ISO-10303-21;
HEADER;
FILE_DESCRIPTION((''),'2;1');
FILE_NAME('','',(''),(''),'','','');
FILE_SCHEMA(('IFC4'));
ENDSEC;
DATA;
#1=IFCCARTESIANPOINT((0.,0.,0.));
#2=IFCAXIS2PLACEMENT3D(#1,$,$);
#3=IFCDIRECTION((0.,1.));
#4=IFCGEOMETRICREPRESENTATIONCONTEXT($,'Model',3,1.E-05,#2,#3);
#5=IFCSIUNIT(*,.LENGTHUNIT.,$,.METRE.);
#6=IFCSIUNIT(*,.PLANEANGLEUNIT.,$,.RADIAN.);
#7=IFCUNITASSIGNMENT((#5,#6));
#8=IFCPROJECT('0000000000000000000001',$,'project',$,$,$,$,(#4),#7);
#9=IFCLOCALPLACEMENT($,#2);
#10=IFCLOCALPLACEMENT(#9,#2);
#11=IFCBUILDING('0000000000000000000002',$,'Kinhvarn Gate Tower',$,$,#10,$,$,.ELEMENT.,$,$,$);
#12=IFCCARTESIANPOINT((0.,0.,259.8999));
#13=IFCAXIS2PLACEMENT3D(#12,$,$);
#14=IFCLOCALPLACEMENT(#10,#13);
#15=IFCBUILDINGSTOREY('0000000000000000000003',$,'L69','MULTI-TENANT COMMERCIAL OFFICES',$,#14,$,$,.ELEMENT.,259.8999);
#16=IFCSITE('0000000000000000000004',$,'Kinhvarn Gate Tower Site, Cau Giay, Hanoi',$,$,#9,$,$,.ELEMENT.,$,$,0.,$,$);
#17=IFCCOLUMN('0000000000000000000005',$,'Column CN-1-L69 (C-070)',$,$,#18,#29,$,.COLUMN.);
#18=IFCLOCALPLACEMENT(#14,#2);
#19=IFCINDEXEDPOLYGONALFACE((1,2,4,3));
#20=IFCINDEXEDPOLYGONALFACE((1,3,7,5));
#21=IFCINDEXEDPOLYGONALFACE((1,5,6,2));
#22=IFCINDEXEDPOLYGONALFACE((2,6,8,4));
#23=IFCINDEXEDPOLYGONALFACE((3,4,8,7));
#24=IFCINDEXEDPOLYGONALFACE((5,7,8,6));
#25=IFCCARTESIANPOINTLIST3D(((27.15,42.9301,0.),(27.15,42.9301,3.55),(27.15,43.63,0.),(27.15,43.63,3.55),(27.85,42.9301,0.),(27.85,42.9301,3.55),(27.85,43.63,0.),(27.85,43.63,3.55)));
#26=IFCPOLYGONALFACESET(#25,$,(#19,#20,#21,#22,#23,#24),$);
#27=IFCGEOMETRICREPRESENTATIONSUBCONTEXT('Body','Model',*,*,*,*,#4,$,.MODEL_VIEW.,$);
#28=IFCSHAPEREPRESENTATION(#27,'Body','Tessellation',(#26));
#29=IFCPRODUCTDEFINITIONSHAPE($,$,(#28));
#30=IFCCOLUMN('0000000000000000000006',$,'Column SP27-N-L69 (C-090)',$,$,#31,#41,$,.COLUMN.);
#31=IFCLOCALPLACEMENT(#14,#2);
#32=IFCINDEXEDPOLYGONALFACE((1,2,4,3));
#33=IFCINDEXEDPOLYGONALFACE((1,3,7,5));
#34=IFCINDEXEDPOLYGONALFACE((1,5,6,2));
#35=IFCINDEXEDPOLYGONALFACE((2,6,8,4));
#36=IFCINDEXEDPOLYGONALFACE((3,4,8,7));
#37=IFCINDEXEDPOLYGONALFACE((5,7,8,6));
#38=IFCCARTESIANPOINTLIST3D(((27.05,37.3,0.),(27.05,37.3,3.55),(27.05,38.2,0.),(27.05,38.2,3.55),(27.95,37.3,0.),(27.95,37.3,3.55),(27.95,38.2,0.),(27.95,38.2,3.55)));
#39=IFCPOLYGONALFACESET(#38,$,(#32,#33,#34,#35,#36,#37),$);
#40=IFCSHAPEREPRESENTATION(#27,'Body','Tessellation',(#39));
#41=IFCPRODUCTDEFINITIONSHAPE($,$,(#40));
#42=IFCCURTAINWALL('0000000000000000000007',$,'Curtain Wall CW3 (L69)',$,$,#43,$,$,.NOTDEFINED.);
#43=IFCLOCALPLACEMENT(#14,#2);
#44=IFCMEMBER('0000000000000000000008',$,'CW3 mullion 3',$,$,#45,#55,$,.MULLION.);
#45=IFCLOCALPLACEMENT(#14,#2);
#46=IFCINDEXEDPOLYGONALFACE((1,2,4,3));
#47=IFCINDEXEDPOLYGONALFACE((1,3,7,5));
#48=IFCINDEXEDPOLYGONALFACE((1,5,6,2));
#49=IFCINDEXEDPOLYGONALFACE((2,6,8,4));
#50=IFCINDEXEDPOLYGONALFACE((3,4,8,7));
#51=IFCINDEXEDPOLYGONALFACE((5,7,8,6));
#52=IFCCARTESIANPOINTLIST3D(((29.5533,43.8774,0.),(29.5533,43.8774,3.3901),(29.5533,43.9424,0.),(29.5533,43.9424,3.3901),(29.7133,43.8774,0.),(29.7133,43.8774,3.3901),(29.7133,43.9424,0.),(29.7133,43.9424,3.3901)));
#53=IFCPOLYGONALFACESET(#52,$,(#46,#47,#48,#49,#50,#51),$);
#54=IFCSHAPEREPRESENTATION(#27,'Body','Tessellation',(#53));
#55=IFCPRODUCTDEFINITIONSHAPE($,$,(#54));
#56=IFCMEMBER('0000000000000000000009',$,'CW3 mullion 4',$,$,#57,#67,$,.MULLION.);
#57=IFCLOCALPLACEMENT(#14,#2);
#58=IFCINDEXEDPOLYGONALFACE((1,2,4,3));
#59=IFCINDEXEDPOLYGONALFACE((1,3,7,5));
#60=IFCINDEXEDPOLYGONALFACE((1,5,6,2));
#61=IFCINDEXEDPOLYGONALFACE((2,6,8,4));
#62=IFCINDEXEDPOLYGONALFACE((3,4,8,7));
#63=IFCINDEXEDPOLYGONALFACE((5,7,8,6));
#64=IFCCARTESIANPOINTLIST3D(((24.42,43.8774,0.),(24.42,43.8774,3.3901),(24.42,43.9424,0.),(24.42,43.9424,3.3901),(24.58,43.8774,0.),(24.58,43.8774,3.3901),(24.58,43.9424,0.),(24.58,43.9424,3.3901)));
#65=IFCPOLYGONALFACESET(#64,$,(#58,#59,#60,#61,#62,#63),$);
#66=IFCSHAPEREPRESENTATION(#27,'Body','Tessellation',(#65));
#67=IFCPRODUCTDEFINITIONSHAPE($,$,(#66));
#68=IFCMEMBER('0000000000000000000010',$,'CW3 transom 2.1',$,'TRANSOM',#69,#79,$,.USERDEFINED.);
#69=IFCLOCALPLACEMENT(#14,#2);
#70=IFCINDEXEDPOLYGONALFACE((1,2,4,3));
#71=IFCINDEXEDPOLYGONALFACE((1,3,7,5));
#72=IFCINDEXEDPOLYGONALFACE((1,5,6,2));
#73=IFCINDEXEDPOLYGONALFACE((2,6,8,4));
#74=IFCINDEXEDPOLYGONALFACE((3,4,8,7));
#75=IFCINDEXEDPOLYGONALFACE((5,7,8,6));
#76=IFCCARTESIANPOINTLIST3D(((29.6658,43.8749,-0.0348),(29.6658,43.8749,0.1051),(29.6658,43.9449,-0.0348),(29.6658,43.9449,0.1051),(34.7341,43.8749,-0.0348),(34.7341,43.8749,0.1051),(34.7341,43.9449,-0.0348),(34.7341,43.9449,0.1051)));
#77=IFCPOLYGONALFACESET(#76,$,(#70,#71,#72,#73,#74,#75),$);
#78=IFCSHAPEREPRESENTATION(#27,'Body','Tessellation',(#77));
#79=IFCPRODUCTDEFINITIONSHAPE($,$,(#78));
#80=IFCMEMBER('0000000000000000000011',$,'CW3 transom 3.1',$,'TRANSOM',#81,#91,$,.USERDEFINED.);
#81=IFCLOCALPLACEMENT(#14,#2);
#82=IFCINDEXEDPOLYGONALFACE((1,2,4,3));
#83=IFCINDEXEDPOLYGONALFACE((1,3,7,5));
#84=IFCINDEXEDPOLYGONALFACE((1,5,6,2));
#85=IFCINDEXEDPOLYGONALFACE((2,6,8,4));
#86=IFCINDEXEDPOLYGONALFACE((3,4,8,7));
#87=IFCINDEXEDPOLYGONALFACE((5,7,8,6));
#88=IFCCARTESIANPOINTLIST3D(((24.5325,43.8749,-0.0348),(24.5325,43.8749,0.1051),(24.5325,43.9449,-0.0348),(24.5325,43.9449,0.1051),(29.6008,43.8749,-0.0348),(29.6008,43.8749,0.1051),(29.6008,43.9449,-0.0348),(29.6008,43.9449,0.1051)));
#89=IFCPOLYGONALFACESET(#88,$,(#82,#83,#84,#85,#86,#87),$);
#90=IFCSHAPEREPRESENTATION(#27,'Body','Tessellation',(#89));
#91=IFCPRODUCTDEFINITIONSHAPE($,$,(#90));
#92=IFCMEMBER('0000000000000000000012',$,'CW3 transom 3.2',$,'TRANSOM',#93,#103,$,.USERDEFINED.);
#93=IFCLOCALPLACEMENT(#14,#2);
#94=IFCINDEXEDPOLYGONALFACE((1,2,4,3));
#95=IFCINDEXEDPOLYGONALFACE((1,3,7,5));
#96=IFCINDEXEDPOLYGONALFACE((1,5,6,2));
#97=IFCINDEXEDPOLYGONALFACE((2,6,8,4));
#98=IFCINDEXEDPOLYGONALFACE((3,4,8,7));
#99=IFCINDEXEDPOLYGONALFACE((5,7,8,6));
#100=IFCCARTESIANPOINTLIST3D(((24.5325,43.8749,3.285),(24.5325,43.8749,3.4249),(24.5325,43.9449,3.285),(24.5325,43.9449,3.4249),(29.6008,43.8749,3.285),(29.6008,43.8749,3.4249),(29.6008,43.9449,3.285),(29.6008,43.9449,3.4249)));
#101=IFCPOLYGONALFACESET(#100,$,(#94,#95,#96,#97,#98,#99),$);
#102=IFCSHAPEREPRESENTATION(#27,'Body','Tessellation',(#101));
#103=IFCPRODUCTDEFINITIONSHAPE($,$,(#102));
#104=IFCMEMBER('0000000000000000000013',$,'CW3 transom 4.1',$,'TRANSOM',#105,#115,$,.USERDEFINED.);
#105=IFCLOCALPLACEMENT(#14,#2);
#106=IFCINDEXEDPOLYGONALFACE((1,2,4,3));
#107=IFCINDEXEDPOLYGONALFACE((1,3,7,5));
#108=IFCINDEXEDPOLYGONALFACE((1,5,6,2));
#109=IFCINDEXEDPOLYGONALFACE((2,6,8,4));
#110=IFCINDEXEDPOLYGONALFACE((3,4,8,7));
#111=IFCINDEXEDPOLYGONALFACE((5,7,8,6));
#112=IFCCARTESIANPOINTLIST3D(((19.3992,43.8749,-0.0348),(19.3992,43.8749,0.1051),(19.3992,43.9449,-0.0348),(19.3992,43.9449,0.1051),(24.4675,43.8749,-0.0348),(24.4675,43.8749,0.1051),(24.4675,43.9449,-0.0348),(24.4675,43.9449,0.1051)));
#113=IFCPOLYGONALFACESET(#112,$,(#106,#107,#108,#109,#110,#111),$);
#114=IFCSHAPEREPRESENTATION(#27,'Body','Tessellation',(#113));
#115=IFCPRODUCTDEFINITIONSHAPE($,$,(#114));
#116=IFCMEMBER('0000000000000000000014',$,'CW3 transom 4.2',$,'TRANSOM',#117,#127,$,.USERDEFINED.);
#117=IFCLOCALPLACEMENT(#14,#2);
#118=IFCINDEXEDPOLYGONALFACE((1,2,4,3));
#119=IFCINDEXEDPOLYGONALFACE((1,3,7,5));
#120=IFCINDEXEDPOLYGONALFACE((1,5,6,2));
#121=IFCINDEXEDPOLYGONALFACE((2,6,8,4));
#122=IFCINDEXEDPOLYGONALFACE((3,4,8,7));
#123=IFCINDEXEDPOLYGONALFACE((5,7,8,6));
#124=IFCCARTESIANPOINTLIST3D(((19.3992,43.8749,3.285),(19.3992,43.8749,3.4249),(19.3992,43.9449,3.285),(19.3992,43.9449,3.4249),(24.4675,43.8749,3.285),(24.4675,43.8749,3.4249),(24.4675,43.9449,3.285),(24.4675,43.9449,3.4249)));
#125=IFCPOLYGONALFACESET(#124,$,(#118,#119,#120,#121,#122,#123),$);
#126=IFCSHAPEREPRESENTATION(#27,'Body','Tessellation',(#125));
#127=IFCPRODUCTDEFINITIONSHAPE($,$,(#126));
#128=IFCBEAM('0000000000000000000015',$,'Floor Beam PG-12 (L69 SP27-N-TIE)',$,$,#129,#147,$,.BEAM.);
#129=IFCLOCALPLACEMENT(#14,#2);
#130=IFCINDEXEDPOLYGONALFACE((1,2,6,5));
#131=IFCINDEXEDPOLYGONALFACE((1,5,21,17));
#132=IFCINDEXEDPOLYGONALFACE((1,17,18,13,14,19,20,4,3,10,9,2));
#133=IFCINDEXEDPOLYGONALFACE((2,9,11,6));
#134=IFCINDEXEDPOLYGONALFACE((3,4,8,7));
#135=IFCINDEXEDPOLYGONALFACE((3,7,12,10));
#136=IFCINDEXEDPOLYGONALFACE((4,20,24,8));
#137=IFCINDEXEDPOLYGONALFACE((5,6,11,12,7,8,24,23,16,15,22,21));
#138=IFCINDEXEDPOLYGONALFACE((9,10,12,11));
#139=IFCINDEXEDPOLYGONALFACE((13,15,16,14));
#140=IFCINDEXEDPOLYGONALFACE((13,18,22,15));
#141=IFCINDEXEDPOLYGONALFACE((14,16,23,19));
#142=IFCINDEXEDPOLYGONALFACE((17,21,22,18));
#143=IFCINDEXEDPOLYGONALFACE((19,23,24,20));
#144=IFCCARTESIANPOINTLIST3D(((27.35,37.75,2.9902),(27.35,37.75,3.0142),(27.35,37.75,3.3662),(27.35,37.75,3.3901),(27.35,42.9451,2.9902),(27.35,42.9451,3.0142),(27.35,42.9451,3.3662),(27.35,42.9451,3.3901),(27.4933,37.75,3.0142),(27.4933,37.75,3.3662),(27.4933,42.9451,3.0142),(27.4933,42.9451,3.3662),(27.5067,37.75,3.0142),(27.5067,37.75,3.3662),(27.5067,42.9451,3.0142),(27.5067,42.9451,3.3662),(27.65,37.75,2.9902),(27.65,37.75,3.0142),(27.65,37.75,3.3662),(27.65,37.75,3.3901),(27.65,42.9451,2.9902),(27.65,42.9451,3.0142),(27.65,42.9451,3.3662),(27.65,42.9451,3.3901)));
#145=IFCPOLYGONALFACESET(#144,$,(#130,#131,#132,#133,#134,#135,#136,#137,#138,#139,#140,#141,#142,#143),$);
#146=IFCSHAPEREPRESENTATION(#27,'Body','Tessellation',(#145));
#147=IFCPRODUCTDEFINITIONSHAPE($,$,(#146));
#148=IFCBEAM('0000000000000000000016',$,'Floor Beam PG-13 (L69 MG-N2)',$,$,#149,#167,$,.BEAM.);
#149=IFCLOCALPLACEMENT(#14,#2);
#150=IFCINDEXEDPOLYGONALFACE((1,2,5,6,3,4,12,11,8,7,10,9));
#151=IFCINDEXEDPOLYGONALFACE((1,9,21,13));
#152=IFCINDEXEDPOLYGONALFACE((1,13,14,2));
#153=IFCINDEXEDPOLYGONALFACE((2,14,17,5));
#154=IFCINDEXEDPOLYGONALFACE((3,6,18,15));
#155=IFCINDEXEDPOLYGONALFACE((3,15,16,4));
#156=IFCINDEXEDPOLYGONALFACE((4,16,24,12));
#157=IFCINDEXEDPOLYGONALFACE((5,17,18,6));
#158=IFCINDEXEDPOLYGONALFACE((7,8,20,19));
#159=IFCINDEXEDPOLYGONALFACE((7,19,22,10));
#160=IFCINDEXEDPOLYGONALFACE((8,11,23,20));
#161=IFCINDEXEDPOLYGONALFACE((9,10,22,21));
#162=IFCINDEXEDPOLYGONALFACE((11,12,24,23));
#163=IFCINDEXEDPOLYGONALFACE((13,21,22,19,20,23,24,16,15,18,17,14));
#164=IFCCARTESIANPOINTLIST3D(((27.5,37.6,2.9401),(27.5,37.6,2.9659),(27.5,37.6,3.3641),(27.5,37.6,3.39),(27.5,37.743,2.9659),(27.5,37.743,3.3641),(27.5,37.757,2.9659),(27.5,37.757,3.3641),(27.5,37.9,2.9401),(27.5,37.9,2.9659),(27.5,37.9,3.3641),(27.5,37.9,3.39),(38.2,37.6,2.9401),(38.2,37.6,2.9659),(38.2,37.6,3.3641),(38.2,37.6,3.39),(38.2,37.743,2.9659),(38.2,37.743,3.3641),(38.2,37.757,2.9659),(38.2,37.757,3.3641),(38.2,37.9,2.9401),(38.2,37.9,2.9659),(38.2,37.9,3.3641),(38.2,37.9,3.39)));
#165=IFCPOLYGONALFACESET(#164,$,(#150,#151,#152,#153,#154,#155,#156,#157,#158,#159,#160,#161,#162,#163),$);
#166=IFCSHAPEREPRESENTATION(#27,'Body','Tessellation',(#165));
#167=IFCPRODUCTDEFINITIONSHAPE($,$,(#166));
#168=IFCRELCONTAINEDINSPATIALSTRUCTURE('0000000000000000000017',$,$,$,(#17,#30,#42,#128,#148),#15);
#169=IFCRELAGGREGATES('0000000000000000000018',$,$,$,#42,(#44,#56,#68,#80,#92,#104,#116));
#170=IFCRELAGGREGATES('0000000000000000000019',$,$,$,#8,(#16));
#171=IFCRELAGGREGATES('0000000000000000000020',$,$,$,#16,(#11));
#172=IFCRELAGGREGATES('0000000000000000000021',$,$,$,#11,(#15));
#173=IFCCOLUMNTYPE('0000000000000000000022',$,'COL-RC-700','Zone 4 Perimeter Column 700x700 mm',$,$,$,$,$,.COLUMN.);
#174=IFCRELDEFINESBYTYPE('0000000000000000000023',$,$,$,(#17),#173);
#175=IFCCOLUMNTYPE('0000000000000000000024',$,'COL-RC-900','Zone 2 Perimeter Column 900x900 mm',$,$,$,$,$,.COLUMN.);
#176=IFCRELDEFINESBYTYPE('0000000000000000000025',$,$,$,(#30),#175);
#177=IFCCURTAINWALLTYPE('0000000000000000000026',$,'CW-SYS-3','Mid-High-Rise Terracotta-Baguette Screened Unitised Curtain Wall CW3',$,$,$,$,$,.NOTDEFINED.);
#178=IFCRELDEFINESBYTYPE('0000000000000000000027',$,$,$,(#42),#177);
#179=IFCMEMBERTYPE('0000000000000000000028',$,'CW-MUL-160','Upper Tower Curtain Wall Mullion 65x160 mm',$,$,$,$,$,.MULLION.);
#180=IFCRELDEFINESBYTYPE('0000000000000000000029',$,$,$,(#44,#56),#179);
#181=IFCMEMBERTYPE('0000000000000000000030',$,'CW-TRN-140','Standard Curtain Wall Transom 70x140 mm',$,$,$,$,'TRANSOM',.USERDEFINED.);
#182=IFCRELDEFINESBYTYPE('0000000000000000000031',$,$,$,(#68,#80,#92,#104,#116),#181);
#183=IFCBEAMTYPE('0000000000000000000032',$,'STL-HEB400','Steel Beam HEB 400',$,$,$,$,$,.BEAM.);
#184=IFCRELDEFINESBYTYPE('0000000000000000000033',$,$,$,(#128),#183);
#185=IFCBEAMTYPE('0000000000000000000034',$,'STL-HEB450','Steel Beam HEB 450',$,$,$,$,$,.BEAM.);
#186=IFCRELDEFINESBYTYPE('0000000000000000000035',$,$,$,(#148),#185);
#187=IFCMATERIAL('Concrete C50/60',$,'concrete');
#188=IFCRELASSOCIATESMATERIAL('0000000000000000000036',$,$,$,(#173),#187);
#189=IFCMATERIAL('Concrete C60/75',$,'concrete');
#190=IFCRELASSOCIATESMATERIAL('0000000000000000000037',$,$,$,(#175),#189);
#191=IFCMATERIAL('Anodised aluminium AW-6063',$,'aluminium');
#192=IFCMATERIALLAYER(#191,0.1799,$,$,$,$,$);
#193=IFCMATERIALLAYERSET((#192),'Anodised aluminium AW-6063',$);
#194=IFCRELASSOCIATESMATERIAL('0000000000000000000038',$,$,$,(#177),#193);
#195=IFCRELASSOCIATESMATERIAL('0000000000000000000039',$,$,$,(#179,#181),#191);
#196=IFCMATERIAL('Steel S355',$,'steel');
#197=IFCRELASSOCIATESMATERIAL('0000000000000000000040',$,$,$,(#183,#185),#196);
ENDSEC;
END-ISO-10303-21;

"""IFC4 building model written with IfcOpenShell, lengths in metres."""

from ifc_helpers import new_model, si_unit, direction, frame, origin, origin_2d, place, context, subcontext, project, spatial, rectangle, i_section, extrude, material, layer, layer_set, material_profile, profile_set, type_object, element, aggregate, save


model = new_model("IFC4")

# Units and contexts
model_context = context("Model", 3, precision=1e-05, world=origin(), true_north=direction((0.0, 1.0)))
body_context = subcontext(model_context, "Body", "Model", "MODEL_VIEW")
ifc_project = project(units=[si_unit("LENGTHUNIT", "METRE"), si_unit("PLANEANGLEUNIT", "RADIAN")], contexts=[model_context])

# Site, building, storey
site_placement = place(None, origin())
site = spatial("IfcSite", under=ifc_project, at=site_placement, Name="Kinhvarn Gate Tower Site, Cau Giay, Hanoi", CompositionType="ELEMENT", RefElevation=0.0)
building_placement = place(site_placement, origin())
building = spatial("IfcBuilding", under=site, at=building_placement, Name="Kinhvarn Gate Tower", CompositionType="ELEMENT")
storey_placement = place(building_placement, frame((0.0, 0.0, 259.8999)))
storey = spatial("IfcBuildingStorey", under=building, at=storey_placement, Name="L69", Description="MULTI-TENANT COMMERCIAL OFFICES", CompositionType="ELEMENT", Elevation=259.8999)

# Columns
ifc_material_1 = material(Name="Concrete C50/60", Category="concrete")
ifc_material_profile_1 = material_profile(ifc_material_1, rectangle(XDim=0.7, YDim=0.7, at=origin_2d()), Name="RC 700x700")
ifc_profile_set_1 = profile_set([ifc_material_profile_1], Name="Concrete C50/60")
column_type_1 = type_object("IfcColumnType", Name="COL-RC-700", Description="Zone 4 Perimeter Column 700x700 mm", PredefinedType="COLUMN", material=ifc_profile_set_1)
column_1_placement = place(storey_placement, frame((27.5, 43.28, 0.0), z_axis=(0.0, 0.0, 1.0), x_axis=(1.0, 0.0, 0.0)))
element("IfcColumn", 1, at=column_1_placement, inside=storey, type_object=column_type_1, Name="Column CN-1-L69 (C-070)", PredefinedType="COLUMN", context=body_context, shape_type="SweptSolid", body=[
    extrude(rectangle(XDim=0.7, YDim=0.7, at=origin_2d()), origin(), (0.0, 0.0, 1.0), 3.55),
])
ifc_material_2 = material(Name="Concrete C60/75", Category="concrete")
ifc_material_profile_2 = material_profile(ifc_material_2, rectangle(XDim=0.8999, YDim=0.8999, at=origin_2d()), Name="RC 900x900")
ifc_profile_set_2 = profile_set([ifc_material_profile_2], Name="Concrete C60/75")
column_type_2 = type_object("IfcColumnType", Name="COL-RC-900", Description="Zone 2 Perimeter Column 900x900 mm", PredefinedType="COLUMN", material=ifc_profile_set_2)
column_2_placement = place(storey_placement, frame((27.5, 37.75, 0.0), z_axis=(0.0, 0.0, 1.0), x_axis=(1.0, 0.0, 0.0)))
element("IfcColumn", 2, at=column_2_placement, inside=storey, type_object=column_type_2, Name="Column SP27-N-L69 (C-090)", PredefinedType="COLUMN", context=body_context, shape_type="SweptSolid", body=[
    extrude(rectangle(XDim=0.8999, YDim=0.8999, at=origin_2d()), origin(), (0.0, 0.0, 1.0), 3.55),
])

# Curtain wall, members
ifc_material_3 = material(Name="Anodised aluminium AW-6063", Category="aluminium")
ifc_layer_1 = layer(ifc_material_3, 0.1799)
ifc_layer_set_1 = layer_set([ifc_layer_1], Name="Anodised aluminium AW-6063")
curtain_wall_type = type_object("IfcCurtainWallType", Name="CW-SYS-3", Description="Mid-High-Rise Terracotta-Baguette Screened Unitised Curtain Wall CW3", PredefinedType="NOTDEFINED", material=ifc_layer_set_1)
curtain_wall_placement = place(storey_placement, origin())
curtain_wall = element("IfcCurtainWall", 3, at=curtain_wall_placement, inside=storey, type_object=curtain_wall_type, Name="Curtain Wall CW3 (L69)", PredefinedType="NOTDEFINED")
ifc_material_profile_3 = material_profile(ifc_material_3, rectangle(XDim=0.0649, YDim=0.1599, at=origin_2d()), Name="ALU 65x160")
ifc_profile_set_3 = profile_set([ifc_material_profile_3], Name="Anodised aluminium AW-6063")
member_type_1 = type_object("IfcMemberType", Name="CW-MUL-160", Description="Upper Tower Curtain Wall Mullion 65x160 mm", PredefinedType="MULLION", material=ifc_profile_set_3)
member_1_placement = place(storey_placement, frame((29.6333, 43.9099, 0.0), z_axis=(0.0, 0.0, 1.0), x_axis=(0.0, -1.0, 0.0)))
member_1 = element("IfcMember", 4, at=member_1_placement, type_object=member_type_1, Name="CW3 mullion 3", PredefinedType="MULLION", context=body_context, shape_type="SweptSolid", body=[
    extrude(rectangle(XDim=0.0649, YDim=0.1599, at=origin_2d()), origin(), (0.0, 0.0, 1.0), 3.3901),
])
member_2_placement = place(storey_placement, frame((24.5, 43.9099, 0.0), z_axis=(0.0, 0.0, 1.0), x_axis=(0.0, -1.0, 0.0)))
member_2 = element("IfcMember", 5, at=member_2_placement, type_object=member_type_1, Name="CW3 mullion 4", PredefinedType="MULLION", context=body_context, shape_type="SweptSolid", body=[
    extrude(rectangle(XDim=0.0649, YDim=0.1599, at=origin_2d()), origin(), (0.0, 0.0, 1.0), 3.3901),
])
ifc_material_profile_4 = material_profile(ifc_material_3, rectangle(XDim=0.0701, YDim=0.1399, at=origin_2d()), Name="ALU 70x140")
ifc_profile_set_4 = profile_set([ifc_material_profile_4], Name="Anodised aluminium AW-6063")
member_type_2 = type_object("IfcMemberType", Name="CW-TRN-140", Description="Standard Curtain Wall Transom 70x140 mm", ElementType="TRANSOM", PredefinedType="USERDEFINED", material=ifc_profile_set_4)
member_3_placement = place(storey_placement, frame((34.7341, 43.9099, 0.0352), z_axis=(-1.0, 0.0, 0.0), x_axis=(0.0, -1.0, 0.0)))
member_3 = element("IfcMember", 6, at=member_3_placement, type_object=member_type_2, Name="CW3 transom 2.1", ObjectType="TRANSOM", PredefinedType="USERDEFINED", context=body_context, shape_type="SweptSolid", body=[
    extrude(rectangle(XDim=0.0701, YDim=0.1399, at=origin_2d()), origin(), (0.0, 0.0, 1.0), 5.0684),
])
member_4_placement = place(storey_placement, frame((29.6008, 43.9099, 0.0352), z_axis=(-1.0, 0.0, 0.0), x_axis=(0.0, -1.0, 0.0)))
member_4 = element("IfcMember", 7, at=member_4_placement, type_object=member_type_2, Name="CW3 transom 3.1", ObjectType="TRANSOM", PredefinedType="USERDEFINED", context=body_context, shape_type="SweptSolid", body=[
    extrude(rectangle(XDim=0.0701, YDim=0.1399, at=origin_2d()), origin(), (0.0, 0.0, 1.0), 5.0684),
])
member_5_placement = place(storey_placement, frame((29.6008, 43.9099, 3.355), z_axis=(-1.0, 0.0, 0.0), x_axis=(0.0, -1.0, 0.0)))
member_5 = element("IfcMember", 8, at=member_5_placement, type_object=member_type_2, Name="CW3 transom 3.2", ObjectType="TRANSOM", PredefinedType="USERDEFINED", context=body_context, shape_type="SweptSolid", body=[
    extrude(rectangle(XDim=0.0701, YDim=0.1399, at=origin_2d()), origin(), (0.0, 0.0, 1.0), 5.0684),
])
member_6_placement = place(storey_placement, frame((24.4675, 43.9099, 0.0352), z_axis=(-1.0, 0.0, 0.0), x_axis=(0.0, -1.0, 0.0)))
member_6 = element("IfcMember", 9, at=member_6_placement, type_object=member_type_2, Name="CW3 transom 4.1", ObjectType="TRANSOM", PredefinedType="USERDEFINED", context=body_context, shape_type="SweptSolid", body=[
    extrude(rectangle(XDim=0.0701, YDim=0.1399, at=origin_2d()), origin(), (0.0, 0.0, 1.0), 5.0684),
])
member_7_placement = place(storey_placement, frame((24.4675, 43.9099, 3.355), z_axis=(-1.0, 0.0, 0.0), x_axis=(0.0, -1.0, 0.0)))
member_7 = element("IfcMember", 10, at=member_7_placement, type_object=member_type_2, Name="CW3 transom 4.2", ObjectType="TRANSOM", PredefinedType="USERDEFINED", context=body_context, shape_type="SweptSolid", body=[
    extrude(rectangle(XDim=0.0701, YDim=0.1399, at=origin_2d()), origin(), (0.0, 0.0, 1.0), 5.0684),
])

# Beams
ifc_material_4 = material(Name="Steel S355", Category="steel")
ifc_material_profile_5 = material_profile(ifc_material_4, i_section(OverallWidth=0.3, OverallDepth=0.3999, WebThickness=0.0134, FlangeThickness=0.0239, at=origin_2d()), Name="HEB 400")
ifc_profile_set_5 = profile_set([ifc_material_profile_5], Name="Steel S355")
beam_type_1 = type_object("IfcBeamType", Name="STL-HEB400", Description="Steel Beam HEB 400", PredefinedType="BEAM", material=ifc_profile_set_5)
beam_1_placement = place(storey_placement, frame((27.5, 37.75, 3.1902), z_axis=(0.0, 1.0, 0.0), x_axis=(-1.0, 0.0, 0.0)))
element("IfcBeam", 11, at=beam_1_placement, inside=storey, type_object=beam_type_1, Name="Floor Beam PG-12 (L69 SP27-N-TIE)", PredefinedType="BEAM", context=body_context, shape_type="SweptSolid", body=[
    extrude(i_section(OverallWidth=0.3, OverallDepth=0.3999, WebThickness=0.0134, FlangeThickness=0.0239, at=origin_2d()), origin(), (0.0, 0.0, 1.0), 5.1951),
])
ifc_material_profile_6 = material_profile(ifc_material_4, i_section(OverallWidth=0.3, OverallDepth=0.45, WebThickness=0.0139, FlangeThickness=0.0259, at=origin_2d()), Name="HEB 450")
ifc_profile_set_6 = profile_set([ifc_material_profile_6], Name="Steel S355")
beam_type_2 = type_object("IfcBeamType", Name="STL-HEB450", Description="Steel Beam HEB 450", PredefinedType="BEAM", material=ifc_profile_set_6)
beam_2_placement = place(storey_placement, frame((27.5, 37.75, 3.165), z_axis=(1.0, 0.0, 0.0), x_axis=(0.0, 1.0, 0.0)))
element("IfcBeam", 12, at=beam_2_placement, inside=storey, type_object=beam_type_2, Name="Floor Beam PG-13 (L69 MG-N2)", PredefinedType="BEAM", context=body_context, shape_type="SweptSolid", body=[
    extrude(i_section(OverallWidth=0.3, OverallDepth=0.45, WebThickness=0.0139, FlangeThickness=0.0259, at=origin_2d()), origin(), (0.0, 0.0, 1.0), 10.7),
])

aggregate(curtain_wall, [member_1, member_2, member_3, member_4, member_5, member_6, member_7])

save(model, "model.ifc")
